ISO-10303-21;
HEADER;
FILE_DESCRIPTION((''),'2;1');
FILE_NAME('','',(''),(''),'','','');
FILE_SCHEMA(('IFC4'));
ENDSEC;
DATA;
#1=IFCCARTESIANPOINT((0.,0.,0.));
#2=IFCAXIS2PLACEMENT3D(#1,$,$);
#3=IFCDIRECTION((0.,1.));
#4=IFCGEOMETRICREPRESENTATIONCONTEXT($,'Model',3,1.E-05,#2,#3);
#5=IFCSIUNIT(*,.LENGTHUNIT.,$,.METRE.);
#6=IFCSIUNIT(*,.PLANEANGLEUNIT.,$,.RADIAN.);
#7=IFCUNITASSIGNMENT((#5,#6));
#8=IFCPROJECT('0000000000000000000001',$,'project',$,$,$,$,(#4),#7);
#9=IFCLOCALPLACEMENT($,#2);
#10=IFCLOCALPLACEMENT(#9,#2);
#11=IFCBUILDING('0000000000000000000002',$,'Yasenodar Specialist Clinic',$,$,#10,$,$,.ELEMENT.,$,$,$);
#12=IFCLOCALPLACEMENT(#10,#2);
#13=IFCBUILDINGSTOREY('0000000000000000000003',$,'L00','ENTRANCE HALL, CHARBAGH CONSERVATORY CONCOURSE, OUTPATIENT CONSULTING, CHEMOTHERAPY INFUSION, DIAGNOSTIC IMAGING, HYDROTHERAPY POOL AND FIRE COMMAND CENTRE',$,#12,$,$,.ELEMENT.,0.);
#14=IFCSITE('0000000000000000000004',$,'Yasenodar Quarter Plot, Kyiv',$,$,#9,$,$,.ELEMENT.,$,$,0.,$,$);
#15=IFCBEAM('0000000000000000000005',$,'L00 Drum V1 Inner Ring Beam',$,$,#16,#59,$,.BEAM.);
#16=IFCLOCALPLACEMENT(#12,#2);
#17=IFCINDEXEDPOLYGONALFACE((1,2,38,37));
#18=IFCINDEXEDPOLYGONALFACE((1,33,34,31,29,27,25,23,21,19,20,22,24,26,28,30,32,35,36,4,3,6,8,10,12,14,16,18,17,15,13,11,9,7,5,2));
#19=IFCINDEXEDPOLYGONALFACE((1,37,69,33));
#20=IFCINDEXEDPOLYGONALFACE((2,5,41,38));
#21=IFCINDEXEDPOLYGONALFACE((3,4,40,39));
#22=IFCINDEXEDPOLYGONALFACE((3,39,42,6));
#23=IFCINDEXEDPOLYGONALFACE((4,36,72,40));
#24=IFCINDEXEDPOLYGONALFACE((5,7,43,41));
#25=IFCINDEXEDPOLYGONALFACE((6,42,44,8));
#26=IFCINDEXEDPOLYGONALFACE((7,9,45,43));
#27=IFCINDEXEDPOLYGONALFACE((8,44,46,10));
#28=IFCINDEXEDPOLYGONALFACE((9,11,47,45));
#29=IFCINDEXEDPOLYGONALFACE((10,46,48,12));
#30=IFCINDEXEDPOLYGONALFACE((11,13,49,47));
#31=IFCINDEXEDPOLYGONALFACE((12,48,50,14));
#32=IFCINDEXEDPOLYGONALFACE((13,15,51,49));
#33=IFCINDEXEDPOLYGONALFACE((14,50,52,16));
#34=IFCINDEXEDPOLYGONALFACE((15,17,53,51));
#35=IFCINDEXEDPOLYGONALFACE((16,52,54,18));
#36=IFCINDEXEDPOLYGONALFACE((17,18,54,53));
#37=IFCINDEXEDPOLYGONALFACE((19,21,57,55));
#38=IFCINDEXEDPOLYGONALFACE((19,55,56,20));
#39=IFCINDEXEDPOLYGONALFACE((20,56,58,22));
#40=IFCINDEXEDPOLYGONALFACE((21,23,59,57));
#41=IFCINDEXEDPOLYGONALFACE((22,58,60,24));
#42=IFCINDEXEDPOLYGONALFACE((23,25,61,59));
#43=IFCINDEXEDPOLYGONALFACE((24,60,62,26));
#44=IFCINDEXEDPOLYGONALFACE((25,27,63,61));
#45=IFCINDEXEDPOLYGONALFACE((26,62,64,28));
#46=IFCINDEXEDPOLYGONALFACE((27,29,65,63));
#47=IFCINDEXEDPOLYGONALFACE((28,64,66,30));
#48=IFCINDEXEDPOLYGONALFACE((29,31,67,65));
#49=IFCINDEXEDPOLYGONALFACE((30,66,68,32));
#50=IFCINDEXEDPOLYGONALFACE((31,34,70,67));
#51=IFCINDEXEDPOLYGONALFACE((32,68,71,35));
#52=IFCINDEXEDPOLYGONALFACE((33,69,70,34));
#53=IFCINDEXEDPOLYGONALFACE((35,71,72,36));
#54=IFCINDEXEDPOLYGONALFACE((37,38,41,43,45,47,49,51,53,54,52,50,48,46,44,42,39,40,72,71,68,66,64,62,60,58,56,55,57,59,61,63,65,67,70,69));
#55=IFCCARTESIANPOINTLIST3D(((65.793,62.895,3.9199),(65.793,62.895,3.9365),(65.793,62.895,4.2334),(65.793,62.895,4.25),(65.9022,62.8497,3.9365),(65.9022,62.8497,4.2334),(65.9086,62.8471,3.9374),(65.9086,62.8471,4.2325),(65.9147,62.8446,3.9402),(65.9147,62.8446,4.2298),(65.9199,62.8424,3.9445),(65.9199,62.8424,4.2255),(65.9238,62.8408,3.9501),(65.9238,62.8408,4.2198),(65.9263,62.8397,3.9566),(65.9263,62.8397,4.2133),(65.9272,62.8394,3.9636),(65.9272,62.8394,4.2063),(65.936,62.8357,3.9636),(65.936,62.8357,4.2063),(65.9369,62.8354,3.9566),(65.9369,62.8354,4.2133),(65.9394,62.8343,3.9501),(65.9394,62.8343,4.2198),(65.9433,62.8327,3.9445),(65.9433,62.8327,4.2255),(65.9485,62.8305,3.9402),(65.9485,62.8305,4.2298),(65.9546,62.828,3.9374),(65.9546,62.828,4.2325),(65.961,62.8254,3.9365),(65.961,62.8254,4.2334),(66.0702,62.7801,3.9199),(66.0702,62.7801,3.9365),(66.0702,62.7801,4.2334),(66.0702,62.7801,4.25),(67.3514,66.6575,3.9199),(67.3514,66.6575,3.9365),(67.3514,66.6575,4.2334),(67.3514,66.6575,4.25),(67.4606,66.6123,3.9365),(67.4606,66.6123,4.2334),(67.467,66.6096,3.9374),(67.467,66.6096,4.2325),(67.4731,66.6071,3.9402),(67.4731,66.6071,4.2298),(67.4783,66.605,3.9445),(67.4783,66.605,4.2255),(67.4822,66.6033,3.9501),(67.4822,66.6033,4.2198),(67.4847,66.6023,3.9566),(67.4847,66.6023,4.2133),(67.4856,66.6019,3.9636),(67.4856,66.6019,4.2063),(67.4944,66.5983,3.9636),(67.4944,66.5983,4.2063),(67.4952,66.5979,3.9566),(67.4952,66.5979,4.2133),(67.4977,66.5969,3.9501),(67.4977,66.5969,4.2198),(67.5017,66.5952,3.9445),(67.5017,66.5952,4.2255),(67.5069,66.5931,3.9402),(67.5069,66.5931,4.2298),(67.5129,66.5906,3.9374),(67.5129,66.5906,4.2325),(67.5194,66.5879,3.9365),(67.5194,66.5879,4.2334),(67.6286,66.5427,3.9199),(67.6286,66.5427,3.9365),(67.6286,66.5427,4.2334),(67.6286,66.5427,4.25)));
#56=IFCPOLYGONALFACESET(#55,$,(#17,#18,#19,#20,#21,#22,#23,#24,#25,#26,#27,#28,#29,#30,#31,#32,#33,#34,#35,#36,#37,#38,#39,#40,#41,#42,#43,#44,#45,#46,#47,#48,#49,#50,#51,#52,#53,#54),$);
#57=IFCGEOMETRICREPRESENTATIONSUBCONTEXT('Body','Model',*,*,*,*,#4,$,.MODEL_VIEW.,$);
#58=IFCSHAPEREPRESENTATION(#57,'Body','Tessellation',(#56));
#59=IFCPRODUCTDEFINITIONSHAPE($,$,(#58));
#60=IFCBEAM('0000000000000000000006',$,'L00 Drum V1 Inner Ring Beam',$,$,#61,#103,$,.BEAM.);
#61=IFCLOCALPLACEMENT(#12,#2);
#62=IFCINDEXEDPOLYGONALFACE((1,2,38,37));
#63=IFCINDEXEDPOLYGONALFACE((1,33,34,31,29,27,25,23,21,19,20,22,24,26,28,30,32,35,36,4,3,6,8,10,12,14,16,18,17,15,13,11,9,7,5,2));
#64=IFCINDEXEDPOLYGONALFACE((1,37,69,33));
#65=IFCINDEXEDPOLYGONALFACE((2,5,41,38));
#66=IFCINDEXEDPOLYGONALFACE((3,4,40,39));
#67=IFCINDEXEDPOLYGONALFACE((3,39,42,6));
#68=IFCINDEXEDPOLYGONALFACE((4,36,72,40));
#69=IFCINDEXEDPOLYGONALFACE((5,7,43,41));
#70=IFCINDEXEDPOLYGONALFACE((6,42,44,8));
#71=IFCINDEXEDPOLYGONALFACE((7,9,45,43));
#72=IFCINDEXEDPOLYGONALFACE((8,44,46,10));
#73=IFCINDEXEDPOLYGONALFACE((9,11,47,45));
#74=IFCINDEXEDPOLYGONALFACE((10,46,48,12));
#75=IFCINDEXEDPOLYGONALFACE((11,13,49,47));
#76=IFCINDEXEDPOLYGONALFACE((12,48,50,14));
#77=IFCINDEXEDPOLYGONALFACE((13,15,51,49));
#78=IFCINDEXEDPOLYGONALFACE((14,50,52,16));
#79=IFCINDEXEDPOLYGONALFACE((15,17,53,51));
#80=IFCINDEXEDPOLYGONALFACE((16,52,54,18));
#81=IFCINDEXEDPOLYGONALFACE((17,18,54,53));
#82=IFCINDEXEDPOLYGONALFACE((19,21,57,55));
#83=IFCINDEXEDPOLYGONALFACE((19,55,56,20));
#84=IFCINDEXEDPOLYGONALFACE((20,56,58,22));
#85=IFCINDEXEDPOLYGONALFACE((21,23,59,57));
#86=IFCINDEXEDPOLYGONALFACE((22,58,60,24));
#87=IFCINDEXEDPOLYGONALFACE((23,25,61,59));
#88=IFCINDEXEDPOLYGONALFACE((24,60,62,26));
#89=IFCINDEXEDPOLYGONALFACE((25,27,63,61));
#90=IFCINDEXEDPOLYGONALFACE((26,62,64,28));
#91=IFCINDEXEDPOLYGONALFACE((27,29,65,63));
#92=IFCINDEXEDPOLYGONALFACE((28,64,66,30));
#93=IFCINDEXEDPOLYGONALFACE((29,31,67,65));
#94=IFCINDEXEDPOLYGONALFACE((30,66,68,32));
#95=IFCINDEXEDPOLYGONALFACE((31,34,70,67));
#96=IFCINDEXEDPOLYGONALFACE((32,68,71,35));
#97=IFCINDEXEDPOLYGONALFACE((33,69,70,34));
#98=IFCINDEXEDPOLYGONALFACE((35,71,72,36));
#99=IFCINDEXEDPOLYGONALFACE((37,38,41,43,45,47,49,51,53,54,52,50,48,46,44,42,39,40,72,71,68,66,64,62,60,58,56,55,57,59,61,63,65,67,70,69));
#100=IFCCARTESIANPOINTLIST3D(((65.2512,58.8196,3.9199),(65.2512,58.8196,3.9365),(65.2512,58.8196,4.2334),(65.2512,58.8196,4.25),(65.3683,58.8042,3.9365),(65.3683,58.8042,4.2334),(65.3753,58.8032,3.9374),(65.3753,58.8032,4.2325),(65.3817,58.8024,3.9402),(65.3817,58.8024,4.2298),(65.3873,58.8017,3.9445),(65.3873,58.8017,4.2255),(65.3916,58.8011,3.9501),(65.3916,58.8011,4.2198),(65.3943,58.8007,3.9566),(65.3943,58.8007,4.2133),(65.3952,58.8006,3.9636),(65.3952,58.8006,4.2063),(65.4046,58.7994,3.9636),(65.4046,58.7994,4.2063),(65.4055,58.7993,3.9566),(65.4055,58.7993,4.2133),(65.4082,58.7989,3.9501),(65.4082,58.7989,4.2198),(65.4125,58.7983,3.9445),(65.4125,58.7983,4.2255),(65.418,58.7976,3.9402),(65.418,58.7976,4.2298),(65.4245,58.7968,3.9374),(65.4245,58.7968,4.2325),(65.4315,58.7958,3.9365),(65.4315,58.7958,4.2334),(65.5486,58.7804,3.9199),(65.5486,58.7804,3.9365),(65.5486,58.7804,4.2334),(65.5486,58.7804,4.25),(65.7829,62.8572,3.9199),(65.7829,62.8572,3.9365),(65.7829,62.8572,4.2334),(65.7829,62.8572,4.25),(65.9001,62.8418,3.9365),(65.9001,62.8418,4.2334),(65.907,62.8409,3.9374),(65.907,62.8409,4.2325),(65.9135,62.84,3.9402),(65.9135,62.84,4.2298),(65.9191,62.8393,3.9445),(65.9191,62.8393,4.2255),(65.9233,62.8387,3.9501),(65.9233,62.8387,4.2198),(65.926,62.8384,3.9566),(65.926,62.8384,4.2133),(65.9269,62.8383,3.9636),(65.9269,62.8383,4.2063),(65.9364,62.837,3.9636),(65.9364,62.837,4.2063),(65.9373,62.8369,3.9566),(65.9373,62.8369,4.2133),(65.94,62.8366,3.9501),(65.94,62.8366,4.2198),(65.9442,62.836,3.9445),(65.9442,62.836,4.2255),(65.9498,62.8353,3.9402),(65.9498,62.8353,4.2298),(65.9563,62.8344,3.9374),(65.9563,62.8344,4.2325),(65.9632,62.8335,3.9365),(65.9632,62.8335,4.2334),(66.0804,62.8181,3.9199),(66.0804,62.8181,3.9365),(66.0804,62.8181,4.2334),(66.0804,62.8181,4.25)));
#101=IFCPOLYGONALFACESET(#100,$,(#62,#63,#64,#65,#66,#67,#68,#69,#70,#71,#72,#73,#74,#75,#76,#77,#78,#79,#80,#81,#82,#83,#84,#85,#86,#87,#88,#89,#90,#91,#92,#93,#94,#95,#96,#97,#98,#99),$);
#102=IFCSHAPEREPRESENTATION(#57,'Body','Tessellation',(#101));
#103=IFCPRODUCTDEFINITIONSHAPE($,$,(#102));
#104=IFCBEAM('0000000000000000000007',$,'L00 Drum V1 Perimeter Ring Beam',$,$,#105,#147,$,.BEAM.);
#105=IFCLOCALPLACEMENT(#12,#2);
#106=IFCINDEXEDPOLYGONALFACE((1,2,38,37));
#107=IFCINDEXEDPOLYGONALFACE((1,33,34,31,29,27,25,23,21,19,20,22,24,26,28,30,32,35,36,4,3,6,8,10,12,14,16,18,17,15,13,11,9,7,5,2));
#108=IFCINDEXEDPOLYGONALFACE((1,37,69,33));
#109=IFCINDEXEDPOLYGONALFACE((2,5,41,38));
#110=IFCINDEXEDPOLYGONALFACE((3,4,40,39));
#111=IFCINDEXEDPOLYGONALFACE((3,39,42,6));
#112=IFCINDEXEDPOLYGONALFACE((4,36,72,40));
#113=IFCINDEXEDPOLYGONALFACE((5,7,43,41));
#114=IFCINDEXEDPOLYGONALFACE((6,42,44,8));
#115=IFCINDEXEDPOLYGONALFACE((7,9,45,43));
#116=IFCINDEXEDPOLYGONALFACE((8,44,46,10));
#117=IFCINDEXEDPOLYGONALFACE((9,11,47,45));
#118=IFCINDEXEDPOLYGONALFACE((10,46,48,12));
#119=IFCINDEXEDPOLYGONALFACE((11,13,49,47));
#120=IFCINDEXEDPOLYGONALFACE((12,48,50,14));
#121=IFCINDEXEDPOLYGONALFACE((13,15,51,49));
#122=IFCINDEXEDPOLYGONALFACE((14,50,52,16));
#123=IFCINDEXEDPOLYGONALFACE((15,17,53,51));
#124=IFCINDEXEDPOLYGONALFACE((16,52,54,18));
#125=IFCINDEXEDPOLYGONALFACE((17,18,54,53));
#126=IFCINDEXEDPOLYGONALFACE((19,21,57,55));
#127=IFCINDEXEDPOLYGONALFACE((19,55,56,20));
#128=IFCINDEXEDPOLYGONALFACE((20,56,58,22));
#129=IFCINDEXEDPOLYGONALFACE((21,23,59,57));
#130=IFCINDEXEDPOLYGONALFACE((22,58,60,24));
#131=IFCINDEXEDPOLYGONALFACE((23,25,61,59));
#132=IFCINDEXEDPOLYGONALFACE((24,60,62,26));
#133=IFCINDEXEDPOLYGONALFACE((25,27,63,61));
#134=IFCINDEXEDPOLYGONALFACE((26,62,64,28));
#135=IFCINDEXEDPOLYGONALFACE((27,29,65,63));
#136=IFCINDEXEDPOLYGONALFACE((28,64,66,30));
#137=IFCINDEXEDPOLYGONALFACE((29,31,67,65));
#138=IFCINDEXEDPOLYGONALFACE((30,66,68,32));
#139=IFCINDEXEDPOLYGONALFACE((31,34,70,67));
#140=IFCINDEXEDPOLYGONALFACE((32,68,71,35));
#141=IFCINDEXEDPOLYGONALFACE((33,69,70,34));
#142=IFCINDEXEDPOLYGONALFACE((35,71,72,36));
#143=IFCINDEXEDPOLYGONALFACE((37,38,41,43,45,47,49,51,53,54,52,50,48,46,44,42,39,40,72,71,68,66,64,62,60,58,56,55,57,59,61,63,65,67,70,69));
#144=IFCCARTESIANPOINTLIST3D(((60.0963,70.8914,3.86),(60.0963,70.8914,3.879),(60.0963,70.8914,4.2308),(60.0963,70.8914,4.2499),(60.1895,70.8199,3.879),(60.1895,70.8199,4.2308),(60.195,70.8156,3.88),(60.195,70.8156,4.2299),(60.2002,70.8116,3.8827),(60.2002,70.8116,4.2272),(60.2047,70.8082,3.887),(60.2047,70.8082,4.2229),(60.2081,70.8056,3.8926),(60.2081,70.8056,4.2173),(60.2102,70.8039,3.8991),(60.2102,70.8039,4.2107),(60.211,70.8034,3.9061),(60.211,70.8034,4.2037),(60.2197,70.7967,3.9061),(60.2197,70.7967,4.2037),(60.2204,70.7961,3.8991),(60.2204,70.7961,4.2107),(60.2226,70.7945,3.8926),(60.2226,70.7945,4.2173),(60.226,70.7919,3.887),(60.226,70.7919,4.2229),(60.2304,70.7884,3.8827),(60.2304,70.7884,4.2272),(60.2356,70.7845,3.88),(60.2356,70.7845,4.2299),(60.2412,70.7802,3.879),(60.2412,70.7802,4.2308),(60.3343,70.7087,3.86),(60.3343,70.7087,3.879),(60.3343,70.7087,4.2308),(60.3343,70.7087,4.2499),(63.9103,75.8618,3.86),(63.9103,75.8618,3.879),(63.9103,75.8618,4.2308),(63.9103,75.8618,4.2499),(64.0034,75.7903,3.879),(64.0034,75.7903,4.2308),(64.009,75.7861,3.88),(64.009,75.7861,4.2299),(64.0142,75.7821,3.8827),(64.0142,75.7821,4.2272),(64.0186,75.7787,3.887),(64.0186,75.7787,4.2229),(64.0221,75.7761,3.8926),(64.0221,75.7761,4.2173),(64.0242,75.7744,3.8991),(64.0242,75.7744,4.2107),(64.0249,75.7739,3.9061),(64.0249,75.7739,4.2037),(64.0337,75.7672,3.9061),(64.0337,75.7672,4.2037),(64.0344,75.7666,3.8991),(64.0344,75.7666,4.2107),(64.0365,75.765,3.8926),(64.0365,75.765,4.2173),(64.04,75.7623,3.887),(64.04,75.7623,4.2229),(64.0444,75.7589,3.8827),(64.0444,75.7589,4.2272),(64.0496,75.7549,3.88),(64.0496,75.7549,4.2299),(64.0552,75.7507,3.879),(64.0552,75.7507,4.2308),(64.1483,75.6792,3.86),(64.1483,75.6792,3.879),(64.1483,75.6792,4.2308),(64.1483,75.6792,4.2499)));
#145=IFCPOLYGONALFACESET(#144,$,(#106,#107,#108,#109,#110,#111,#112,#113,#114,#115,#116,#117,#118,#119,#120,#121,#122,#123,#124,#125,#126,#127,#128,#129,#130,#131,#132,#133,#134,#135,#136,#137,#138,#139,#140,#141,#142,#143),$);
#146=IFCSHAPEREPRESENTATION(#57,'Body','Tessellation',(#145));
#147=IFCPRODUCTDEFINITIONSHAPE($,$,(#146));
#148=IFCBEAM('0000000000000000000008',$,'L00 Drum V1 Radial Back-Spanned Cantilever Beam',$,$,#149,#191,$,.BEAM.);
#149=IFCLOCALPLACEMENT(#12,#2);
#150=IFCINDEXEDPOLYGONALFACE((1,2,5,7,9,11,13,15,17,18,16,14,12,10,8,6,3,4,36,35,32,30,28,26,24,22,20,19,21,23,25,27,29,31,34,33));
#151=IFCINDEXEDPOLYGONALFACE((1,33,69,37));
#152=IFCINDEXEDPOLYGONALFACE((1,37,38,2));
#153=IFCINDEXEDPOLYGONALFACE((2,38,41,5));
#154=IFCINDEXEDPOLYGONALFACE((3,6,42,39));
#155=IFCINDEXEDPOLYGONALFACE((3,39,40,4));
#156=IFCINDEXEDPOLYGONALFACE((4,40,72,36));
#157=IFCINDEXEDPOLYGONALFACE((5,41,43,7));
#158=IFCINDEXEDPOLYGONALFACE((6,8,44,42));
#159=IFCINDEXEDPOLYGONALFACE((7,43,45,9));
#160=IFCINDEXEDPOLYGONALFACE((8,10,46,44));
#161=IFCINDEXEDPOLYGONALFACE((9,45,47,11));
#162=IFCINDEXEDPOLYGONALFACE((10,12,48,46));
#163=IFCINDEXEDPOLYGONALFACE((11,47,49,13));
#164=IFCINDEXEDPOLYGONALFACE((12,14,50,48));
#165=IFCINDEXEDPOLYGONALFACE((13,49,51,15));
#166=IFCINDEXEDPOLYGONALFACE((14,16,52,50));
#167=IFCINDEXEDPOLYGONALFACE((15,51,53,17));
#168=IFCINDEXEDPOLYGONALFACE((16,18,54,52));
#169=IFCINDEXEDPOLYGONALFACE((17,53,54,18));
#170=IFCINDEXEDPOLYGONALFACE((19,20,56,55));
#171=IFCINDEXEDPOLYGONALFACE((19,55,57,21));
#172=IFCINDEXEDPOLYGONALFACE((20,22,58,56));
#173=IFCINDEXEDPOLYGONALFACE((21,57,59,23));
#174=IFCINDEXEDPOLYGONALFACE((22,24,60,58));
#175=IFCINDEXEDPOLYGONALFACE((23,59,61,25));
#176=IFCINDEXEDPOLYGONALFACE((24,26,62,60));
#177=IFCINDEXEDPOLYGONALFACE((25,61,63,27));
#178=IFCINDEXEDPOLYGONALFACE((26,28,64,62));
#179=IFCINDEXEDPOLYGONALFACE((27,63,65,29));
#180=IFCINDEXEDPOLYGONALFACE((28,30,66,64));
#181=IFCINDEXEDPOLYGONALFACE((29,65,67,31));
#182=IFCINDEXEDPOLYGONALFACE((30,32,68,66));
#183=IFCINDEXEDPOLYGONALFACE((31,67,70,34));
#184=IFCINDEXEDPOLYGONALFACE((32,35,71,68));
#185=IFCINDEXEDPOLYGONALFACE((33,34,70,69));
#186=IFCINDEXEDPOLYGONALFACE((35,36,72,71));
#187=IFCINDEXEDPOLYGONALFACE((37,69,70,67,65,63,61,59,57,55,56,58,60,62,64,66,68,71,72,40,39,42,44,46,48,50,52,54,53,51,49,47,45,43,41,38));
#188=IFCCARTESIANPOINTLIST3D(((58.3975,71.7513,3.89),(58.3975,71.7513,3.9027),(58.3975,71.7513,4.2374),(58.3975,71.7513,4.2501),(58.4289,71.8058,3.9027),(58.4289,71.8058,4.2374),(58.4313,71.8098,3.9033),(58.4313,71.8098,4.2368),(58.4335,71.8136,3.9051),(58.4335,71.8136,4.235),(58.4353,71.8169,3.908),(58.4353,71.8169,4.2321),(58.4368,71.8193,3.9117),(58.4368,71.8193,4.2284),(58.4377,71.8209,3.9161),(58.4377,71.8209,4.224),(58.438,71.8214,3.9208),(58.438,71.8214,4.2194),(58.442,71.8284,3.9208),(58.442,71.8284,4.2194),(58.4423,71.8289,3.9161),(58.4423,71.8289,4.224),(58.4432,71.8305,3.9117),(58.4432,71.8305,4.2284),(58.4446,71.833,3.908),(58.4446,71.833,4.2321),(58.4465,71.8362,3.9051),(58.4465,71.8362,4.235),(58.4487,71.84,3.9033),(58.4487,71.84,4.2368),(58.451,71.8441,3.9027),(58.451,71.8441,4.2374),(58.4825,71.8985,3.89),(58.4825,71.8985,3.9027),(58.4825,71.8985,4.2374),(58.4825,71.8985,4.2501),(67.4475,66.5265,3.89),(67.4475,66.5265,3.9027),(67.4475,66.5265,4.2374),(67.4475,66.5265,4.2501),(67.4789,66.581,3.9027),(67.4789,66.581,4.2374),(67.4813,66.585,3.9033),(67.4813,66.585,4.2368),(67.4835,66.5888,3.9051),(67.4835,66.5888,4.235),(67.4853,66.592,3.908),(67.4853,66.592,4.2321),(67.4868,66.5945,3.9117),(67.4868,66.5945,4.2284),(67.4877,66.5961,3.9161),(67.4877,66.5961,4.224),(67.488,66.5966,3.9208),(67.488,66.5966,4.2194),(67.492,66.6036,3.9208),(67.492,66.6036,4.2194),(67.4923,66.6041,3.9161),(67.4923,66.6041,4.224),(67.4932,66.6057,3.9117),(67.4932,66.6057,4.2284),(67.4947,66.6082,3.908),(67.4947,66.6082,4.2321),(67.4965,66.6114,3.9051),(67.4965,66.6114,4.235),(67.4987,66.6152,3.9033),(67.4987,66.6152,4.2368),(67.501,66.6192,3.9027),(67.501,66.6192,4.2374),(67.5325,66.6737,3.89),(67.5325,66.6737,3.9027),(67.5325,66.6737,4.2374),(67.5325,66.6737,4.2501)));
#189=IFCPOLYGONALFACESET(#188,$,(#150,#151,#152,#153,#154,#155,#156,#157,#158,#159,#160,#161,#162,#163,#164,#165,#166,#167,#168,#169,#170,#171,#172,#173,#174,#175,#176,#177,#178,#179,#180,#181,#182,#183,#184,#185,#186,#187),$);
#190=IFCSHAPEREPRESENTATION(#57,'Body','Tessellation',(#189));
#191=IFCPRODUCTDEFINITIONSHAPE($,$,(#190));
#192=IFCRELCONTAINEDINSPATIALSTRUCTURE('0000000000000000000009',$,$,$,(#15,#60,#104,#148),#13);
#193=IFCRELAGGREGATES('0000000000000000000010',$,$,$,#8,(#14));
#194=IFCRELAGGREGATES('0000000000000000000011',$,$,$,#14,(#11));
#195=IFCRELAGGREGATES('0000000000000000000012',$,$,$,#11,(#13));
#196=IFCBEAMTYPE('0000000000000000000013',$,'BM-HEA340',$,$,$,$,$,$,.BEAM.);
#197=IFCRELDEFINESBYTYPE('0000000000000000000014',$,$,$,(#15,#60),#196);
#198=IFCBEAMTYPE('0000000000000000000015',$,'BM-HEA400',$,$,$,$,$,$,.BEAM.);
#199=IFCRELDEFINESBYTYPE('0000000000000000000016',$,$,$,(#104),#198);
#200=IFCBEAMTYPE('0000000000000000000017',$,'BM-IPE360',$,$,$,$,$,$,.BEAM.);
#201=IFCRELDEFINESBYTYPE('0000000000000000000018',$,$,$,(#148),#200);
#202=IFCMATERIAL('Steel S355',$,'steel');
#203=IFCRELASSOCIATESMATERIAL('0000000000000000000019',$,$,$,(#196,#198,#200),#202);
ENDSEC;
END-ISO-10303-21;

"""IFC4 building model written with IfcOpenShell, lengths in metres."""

from ifc_helpers import new_model, si_unit, direction, frame, origin, origin_2d, place, context, subcontext, project, spatial, i_section, extrude, material, material_profile, profile_set, type_object, element, save


model = new_model("IFC4")

# Units and contexts
model_context = context("Model", 3, precision=1e-05, world=origin(), true_north=direction((0.0, 1.0)))
body_context = subcontext(model_context, "Body", "Model", "MODEL_VIEW")
ifc_project = project(units=[si_unit("LENGTHUNIT", "METRE"), si_unit("PLANEANGLEUNIT", "RADIAN")], contexts=[model_context])

# Site, building, storey
site_placement = place(None, origin())
site = spatial("IfcSite", under=ifc_project, at=site_placement, Name="Yasenodar Quarter Plot, Kyiv", CompositionType="ELEMENT", RefElevation=0.0)
building_placement = place(site_placement, origin())
building = spatial("IfcBuilding", under=site, at=building_placement, Name="Yasenodar Specialist Clinic", CompositionType="ELEMENT")
storey_placement = place(building_placement, origin())
storey = spatial("IfcBuildingStorey", under=building, at=storey_placement, Name="L00", Description="ENTRANCE HALL, CHARBAGH CONSERVATORY CONCOURSE, OUTPATIENT CONSULTING, CHEMOTHERAPY INFUSION, DIAGNOSTIC IMAGING, HYDROTHERAPY POOL AND FIRE COMMAND CENTRE", CompositionType="ELEMENT", Elevation=0.0)

# Shared definitions
ifc_material_1 = material(Name="Steel S355", Category="steel")

# Beams
ifc_material_profile_1 = material_profile(ifc_material_1, i_section(OverallWidth=0.3, OverallDepth=0.3301, WebThickness=0.0095, FlangeThickness=0.0166, FilletRadius=0.0271, at=origin_2d()), Name="HEA 340")
ifc_profile_set_1 = profile_set([ifc_material_profile_1], Name="Steel S355")
beam_type_1 = type_object("IfcBeamType", Name="BM-HEA340", PredefinedType="BEAM", material=ifc_profile_set_1)
for number, where, z_axis, x_axis, name in (
    (1, (67.49, 66.6001, 4.085), (-0.382661, -0.923889, 0.0), (0.923889, -0.382661, 0.0), "L00 Drum V1 Inner Ring Beam"),
    (2, (65.9316, 62.8376, 4.085), (-0.130569, -0.991439, 0.0), (0.991439, -0.130569, 0.0), "L00 Drum V1 Inner Ring Beam"),
):
    element("IfcBeam", number, at=place(storey_placement, frame(where, z_axis=z_axis, x_axis=x_axis)), inside=storey, type_object=beam_type_1, Name=name, PredefinedType="BEAM", context=body_context, shape_type="SweptSolid", body=[
        extrude(i_section(OverallWidth=0.3, OverallDepth=0.3301, WebThickness=0.0095, FlangeThickness=0.0166, FilletRadius=0.0271, at=origin_2d()), origin(), (0.0, 0.0, 1.0), 4.0725),
    ])
ifc_material_profile_2 = material_profile(ifc_material_1, i_section(OverallWidth=0.3, OverallDepth=0.3899, WebThickness=0.011, FlangeThickness=0.019, FilletRadius=0.0271, at=origin_2d()), Name="HEA 400")
ifc_profile_set_2 = profile_set([ifc_material_profile_2], Name="Steel S355")
beam_type_2 = type_object("IfcBeamType", Name="BM-HEA400", PredefinedType="BEAM", material=ifc_profile_set_2)
beam_1_placement = place(storey_placement, frame((64.0293, 75.7705, 4.0549), z_axis=(-0.608761, -0.793354, 0.0), x_axis=(0.793354, -0.608761, 0.0)))
element("IfcBeam", 3, at=beam_1_placement, inside=storey, type_object=beam_type_2, Name="L00 Drum V1 Perimeter Ring Beam", PredefinedType="BEAM", context=body_context, shape_type="SweptSolid", body=[
    extrude(i_section(OverallWidth=0.3, OverallDepth=0.3899, WebThickness=0.011, FlangeThickness=0.019, FilletRadius=0.0271, at=origin_2d()), origin(), (0.0, 0.0, 1.0), 6.2651),
])
ifc_material_profile_3 = material_profile(ifc_material_1, i_section(OverallWidth=0.1699, OverallDepth=0.3601, WebThickness=0.0081, FlangeThickness=0.0127, FilletRadius=0.0181, at=origin_2d()), Name="IPE 360")
ifc_profile_set_3 = profile_set([ifc_material_profile_3], Name="Steel S355")
beam_type_3 = type_object("IfcBeamType", Name="BM-IPE360", PredefinedType="BEAM", material=ifc_profile_set_3)
beam_2_placement = place(storey_placement, frame((67.49, 66.6001, 4.0701), z_axis=(-0.866033, 0.499986, 0.0), x_axis=(-0.499986, -0.866033, 0.0)))
element("IfcBeam", 4, at=beam_2_placement, inside=storey, type_object=beam_type_3, Name="L00 Drum V1 Radial Back-Spanned Cantilever Beam", PredefinedType="BEAM", context=body_context, shape_type="SweptSolid", body=[
    extrude(i_section(OverallWidth=0.1699, OverallDepth=0.3601, WebThickness=0.0081, FlangeThickness=0.0127, FilletRadius=0.0181, at=origin_2d()), origin(), (0.0, 0.0, 1.0), 10.45),
])

save(model, "model.ifc")
